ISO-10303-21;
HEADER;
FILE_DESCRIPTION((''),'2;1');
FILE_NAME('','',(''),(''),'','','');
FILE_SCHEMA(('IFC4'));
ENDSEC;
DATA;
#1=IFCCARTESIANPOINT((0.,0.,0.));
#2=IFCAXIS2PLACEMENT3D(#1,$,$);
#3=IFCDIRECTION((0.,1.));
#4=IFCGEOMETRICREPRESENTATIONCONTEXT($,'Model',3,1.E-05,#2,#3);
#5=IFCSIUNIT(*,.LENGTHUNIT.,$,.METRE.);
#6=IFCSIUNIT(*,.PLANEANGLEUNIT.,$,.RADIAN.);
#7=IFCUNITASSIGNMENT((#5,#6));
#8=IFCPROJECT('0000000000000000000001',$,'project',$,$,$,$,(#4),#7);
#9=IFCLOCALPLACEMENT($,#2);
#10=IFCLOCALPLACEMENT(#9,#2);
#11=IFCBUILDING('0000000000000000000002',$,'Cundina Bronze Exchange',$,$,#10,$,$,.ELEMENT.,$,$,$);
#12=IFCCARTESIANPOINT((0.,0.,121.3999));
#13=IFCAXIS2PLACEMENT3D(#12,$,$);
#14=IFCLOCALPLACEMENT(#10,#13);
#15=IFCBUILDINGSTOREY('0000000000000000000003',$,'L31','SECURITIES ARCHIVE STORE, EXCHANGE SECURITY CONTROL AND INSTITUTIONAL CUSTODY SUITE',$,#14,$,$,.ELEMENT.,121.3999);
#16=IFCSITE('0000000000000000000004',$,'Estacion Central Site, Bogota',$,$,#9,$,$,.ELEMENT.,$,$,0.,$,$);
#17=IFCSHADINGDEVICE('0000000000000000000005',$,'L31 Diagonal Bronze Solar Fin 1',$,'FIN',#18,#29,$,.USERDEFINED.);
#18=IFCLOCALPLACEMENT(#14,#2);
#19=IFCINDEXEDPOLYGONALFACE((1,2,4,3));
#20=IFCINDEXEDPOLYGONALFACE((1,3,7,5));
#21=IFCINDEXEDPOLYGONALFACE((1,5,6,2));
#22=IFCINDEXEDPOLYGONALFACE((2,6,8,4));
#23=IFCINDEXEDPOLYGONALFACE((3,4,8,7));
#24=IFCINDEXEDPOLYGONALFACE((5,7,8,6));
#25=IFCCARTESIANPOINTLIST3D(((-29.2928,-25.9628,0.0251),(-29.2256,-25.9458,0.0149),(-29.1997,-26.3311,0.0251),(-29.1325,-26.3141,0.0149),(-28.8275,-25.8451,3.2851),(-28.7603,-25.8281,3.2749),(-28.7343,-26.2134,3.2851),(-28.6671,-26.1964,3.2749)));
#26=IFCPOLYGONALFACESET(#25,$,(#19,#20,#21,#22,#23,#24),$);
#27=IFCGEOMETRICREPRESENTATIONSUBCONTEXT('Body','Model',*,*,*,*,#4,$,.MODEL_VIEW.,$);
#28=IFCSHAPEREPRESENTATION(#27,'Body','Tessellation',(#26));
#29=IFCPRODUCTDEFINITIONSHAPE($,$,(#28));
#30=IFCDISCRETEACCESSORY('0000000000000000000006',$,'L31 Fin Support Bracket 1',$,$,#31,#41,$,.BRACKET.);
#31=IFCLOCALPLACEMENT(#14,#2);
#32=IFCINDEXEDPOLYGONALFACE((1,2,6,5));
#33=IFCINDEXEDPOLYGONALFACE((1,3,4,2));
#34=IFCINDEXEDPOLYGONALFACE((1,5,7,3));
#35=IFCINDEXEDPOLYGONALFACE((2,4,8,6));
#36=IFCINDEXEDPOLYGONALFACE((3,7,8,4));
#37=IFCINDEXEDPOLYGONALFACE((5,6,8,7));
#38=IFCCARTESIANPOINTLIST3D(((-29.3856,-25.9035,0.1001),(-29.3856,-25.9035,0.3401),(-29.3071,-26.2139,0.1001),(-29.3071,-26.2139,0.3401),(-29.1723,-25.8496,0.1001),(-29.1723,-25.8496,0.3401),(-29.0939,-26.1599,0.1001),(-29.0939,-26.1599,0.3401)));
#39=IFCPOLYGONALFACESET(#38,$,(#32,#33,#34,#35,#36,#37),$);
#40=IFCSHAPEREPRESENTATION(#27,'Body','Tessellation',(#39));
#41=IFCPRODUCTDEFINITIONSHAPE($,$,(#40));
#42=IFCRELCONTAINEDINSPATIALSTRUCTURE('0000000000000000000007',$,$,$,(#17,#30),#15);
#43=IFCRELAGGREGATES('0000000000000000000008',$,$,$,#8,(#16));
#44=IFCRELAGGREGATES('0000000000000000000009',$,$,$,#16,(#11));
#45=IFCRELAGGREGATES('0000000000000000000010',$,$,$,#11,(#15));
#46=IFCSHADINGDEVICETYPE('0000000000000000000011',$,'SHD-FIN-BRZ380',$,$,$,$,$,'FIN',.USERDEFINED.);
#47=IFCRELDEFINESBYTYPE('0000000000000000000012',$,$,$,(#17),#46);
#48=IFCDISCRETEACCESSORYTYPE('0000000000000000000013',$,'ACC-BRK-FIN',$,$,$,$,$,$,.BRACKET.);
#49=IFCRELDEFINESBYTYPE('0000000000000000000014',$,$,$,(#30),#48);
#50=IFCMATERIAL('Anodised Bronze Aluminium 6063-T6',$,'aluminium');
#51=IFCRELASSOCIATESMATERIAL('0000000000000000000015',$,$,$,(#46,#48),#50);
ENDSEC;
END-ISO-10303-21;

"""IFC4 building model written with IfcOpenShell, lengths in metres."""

from ifc_helpers import new_model, si_unit, direction, frame, origin, origin_2d, place, context, subcontext, project, spatial, rectangle, extrude, material, material_profile, profile_set, type_object, element, save


model = new_model("IFC4")

# Units and contexts
model_context = context("Model", 3, precision=1e-05, world=origin(), true_north=direction((0.0, 1.0)))
body_context = subcontext(model_context, "Body", "Model", "MODEL_VIEW")
ifc_project = project(units=[si_unit("LENGTHUNIT", "METRE"), si_unit("PLANEANGLEUNIT", "RADIAN")], contexts=[model_context])

# Site, building, storey
site_placement = place(None, origin())
site = spatial("IfcSite", under=ifc_project, at=site_placement, Name="Estacion Central Site, Bogota", CompositionType="ELEMENT", RefElevation=0.0)
building_placement = place(site_placement, origin())
building = spatial("IfcBuilding", under=site, at=building_placement, Name="Cundina Bronze Exchange", CompositionType="ELEMENT")
storey_placement = place(building_placement, frame((0.0, 0.0, 121.3999)))
storey = spatial("IfcBuildingStorey", under=building, at=storey_placement, Name="L31", Description="SECURITIES ARCHIVE STORE, EXCHANGE SECURITY CONTROL AND INSTITUTIONAL CUSTODY SUITE", CompositionType="ELEMENT", Elevation=121.3999)

# Shared definitions
ifc_material_1 = material(Name="Anodised Bronze Aluminium 6063-T6", Category="aluminium")

# Shading device
ifc_material_profile_1 = material_profile(ifc_material_1, rectangle(XDim=0.0701, YDim=0.3799, at=origin_2d()), Name="FIN70X380", Category="aluminium")
ifc_profile_set_1 = profile_set([ifc_material_profile_1], Name="Anodised Bronze Aluminium 6063-T6")
shading_device_type = type_object("IfcShadingDeviceType", Name="SHD-FIN-BRZ380", ElementType="FIN", PredefinedType="USERDEFINED", material=ifc_profile_set_1)
shading_device_placement = place(storey_placement, frame((-29.2126, -26.1384, 0.02), z_axis=(0.141217, 0.035712, 0.989334), x_axis=(-0.959141, -0.242553, 0.145663)))
element("IfcShadingDevice", 1, at=shading_device_placement, inside=storey, type_object=shading_device_type, Name="L31 Diagonal Bronze Solar Fin 1", ObjectType="FIN", PredefinedType="USERDEFINED", context=body_context, shape_type="SweptSolid", body=[
    extrude(rectangle(XDim=0.0701, YDim=0.3799, at=origin_2d()), origin(), (0.0, 0.0, 1.0), 3.2952),
])

# Discrete accessory
discrete_accessory_type = type_object("IfcDiscreteAccessoryType", Name="ACC-BRK-FIN", PredefinedType="BRACKET", material=ifc_material_1)
discrete_accessory_placement = place(storey_placement, frame((-29.2397, -26.0317, 0.1001), z_axis=(0.0, 0.0, 1.0), x_axis=(0.969488, 0.245138, 0.0)))
element("IfcDiscreteAccessory", 2, at=discrete_accessory_placement, inside=storey, type_object=discrete_accessory_type, Name="L31 Fin Support Bracket 1", PredefinedType="BRACKET", context=body_context, shape_type="SweptSolid", body=[
    extrude(rectangle(XDim=0.22, YDim=0.3201, at=origin_2d()), origin(), (0.0, 0.0, 1.0), 0.24),
])

save(model, "model.ifc")
